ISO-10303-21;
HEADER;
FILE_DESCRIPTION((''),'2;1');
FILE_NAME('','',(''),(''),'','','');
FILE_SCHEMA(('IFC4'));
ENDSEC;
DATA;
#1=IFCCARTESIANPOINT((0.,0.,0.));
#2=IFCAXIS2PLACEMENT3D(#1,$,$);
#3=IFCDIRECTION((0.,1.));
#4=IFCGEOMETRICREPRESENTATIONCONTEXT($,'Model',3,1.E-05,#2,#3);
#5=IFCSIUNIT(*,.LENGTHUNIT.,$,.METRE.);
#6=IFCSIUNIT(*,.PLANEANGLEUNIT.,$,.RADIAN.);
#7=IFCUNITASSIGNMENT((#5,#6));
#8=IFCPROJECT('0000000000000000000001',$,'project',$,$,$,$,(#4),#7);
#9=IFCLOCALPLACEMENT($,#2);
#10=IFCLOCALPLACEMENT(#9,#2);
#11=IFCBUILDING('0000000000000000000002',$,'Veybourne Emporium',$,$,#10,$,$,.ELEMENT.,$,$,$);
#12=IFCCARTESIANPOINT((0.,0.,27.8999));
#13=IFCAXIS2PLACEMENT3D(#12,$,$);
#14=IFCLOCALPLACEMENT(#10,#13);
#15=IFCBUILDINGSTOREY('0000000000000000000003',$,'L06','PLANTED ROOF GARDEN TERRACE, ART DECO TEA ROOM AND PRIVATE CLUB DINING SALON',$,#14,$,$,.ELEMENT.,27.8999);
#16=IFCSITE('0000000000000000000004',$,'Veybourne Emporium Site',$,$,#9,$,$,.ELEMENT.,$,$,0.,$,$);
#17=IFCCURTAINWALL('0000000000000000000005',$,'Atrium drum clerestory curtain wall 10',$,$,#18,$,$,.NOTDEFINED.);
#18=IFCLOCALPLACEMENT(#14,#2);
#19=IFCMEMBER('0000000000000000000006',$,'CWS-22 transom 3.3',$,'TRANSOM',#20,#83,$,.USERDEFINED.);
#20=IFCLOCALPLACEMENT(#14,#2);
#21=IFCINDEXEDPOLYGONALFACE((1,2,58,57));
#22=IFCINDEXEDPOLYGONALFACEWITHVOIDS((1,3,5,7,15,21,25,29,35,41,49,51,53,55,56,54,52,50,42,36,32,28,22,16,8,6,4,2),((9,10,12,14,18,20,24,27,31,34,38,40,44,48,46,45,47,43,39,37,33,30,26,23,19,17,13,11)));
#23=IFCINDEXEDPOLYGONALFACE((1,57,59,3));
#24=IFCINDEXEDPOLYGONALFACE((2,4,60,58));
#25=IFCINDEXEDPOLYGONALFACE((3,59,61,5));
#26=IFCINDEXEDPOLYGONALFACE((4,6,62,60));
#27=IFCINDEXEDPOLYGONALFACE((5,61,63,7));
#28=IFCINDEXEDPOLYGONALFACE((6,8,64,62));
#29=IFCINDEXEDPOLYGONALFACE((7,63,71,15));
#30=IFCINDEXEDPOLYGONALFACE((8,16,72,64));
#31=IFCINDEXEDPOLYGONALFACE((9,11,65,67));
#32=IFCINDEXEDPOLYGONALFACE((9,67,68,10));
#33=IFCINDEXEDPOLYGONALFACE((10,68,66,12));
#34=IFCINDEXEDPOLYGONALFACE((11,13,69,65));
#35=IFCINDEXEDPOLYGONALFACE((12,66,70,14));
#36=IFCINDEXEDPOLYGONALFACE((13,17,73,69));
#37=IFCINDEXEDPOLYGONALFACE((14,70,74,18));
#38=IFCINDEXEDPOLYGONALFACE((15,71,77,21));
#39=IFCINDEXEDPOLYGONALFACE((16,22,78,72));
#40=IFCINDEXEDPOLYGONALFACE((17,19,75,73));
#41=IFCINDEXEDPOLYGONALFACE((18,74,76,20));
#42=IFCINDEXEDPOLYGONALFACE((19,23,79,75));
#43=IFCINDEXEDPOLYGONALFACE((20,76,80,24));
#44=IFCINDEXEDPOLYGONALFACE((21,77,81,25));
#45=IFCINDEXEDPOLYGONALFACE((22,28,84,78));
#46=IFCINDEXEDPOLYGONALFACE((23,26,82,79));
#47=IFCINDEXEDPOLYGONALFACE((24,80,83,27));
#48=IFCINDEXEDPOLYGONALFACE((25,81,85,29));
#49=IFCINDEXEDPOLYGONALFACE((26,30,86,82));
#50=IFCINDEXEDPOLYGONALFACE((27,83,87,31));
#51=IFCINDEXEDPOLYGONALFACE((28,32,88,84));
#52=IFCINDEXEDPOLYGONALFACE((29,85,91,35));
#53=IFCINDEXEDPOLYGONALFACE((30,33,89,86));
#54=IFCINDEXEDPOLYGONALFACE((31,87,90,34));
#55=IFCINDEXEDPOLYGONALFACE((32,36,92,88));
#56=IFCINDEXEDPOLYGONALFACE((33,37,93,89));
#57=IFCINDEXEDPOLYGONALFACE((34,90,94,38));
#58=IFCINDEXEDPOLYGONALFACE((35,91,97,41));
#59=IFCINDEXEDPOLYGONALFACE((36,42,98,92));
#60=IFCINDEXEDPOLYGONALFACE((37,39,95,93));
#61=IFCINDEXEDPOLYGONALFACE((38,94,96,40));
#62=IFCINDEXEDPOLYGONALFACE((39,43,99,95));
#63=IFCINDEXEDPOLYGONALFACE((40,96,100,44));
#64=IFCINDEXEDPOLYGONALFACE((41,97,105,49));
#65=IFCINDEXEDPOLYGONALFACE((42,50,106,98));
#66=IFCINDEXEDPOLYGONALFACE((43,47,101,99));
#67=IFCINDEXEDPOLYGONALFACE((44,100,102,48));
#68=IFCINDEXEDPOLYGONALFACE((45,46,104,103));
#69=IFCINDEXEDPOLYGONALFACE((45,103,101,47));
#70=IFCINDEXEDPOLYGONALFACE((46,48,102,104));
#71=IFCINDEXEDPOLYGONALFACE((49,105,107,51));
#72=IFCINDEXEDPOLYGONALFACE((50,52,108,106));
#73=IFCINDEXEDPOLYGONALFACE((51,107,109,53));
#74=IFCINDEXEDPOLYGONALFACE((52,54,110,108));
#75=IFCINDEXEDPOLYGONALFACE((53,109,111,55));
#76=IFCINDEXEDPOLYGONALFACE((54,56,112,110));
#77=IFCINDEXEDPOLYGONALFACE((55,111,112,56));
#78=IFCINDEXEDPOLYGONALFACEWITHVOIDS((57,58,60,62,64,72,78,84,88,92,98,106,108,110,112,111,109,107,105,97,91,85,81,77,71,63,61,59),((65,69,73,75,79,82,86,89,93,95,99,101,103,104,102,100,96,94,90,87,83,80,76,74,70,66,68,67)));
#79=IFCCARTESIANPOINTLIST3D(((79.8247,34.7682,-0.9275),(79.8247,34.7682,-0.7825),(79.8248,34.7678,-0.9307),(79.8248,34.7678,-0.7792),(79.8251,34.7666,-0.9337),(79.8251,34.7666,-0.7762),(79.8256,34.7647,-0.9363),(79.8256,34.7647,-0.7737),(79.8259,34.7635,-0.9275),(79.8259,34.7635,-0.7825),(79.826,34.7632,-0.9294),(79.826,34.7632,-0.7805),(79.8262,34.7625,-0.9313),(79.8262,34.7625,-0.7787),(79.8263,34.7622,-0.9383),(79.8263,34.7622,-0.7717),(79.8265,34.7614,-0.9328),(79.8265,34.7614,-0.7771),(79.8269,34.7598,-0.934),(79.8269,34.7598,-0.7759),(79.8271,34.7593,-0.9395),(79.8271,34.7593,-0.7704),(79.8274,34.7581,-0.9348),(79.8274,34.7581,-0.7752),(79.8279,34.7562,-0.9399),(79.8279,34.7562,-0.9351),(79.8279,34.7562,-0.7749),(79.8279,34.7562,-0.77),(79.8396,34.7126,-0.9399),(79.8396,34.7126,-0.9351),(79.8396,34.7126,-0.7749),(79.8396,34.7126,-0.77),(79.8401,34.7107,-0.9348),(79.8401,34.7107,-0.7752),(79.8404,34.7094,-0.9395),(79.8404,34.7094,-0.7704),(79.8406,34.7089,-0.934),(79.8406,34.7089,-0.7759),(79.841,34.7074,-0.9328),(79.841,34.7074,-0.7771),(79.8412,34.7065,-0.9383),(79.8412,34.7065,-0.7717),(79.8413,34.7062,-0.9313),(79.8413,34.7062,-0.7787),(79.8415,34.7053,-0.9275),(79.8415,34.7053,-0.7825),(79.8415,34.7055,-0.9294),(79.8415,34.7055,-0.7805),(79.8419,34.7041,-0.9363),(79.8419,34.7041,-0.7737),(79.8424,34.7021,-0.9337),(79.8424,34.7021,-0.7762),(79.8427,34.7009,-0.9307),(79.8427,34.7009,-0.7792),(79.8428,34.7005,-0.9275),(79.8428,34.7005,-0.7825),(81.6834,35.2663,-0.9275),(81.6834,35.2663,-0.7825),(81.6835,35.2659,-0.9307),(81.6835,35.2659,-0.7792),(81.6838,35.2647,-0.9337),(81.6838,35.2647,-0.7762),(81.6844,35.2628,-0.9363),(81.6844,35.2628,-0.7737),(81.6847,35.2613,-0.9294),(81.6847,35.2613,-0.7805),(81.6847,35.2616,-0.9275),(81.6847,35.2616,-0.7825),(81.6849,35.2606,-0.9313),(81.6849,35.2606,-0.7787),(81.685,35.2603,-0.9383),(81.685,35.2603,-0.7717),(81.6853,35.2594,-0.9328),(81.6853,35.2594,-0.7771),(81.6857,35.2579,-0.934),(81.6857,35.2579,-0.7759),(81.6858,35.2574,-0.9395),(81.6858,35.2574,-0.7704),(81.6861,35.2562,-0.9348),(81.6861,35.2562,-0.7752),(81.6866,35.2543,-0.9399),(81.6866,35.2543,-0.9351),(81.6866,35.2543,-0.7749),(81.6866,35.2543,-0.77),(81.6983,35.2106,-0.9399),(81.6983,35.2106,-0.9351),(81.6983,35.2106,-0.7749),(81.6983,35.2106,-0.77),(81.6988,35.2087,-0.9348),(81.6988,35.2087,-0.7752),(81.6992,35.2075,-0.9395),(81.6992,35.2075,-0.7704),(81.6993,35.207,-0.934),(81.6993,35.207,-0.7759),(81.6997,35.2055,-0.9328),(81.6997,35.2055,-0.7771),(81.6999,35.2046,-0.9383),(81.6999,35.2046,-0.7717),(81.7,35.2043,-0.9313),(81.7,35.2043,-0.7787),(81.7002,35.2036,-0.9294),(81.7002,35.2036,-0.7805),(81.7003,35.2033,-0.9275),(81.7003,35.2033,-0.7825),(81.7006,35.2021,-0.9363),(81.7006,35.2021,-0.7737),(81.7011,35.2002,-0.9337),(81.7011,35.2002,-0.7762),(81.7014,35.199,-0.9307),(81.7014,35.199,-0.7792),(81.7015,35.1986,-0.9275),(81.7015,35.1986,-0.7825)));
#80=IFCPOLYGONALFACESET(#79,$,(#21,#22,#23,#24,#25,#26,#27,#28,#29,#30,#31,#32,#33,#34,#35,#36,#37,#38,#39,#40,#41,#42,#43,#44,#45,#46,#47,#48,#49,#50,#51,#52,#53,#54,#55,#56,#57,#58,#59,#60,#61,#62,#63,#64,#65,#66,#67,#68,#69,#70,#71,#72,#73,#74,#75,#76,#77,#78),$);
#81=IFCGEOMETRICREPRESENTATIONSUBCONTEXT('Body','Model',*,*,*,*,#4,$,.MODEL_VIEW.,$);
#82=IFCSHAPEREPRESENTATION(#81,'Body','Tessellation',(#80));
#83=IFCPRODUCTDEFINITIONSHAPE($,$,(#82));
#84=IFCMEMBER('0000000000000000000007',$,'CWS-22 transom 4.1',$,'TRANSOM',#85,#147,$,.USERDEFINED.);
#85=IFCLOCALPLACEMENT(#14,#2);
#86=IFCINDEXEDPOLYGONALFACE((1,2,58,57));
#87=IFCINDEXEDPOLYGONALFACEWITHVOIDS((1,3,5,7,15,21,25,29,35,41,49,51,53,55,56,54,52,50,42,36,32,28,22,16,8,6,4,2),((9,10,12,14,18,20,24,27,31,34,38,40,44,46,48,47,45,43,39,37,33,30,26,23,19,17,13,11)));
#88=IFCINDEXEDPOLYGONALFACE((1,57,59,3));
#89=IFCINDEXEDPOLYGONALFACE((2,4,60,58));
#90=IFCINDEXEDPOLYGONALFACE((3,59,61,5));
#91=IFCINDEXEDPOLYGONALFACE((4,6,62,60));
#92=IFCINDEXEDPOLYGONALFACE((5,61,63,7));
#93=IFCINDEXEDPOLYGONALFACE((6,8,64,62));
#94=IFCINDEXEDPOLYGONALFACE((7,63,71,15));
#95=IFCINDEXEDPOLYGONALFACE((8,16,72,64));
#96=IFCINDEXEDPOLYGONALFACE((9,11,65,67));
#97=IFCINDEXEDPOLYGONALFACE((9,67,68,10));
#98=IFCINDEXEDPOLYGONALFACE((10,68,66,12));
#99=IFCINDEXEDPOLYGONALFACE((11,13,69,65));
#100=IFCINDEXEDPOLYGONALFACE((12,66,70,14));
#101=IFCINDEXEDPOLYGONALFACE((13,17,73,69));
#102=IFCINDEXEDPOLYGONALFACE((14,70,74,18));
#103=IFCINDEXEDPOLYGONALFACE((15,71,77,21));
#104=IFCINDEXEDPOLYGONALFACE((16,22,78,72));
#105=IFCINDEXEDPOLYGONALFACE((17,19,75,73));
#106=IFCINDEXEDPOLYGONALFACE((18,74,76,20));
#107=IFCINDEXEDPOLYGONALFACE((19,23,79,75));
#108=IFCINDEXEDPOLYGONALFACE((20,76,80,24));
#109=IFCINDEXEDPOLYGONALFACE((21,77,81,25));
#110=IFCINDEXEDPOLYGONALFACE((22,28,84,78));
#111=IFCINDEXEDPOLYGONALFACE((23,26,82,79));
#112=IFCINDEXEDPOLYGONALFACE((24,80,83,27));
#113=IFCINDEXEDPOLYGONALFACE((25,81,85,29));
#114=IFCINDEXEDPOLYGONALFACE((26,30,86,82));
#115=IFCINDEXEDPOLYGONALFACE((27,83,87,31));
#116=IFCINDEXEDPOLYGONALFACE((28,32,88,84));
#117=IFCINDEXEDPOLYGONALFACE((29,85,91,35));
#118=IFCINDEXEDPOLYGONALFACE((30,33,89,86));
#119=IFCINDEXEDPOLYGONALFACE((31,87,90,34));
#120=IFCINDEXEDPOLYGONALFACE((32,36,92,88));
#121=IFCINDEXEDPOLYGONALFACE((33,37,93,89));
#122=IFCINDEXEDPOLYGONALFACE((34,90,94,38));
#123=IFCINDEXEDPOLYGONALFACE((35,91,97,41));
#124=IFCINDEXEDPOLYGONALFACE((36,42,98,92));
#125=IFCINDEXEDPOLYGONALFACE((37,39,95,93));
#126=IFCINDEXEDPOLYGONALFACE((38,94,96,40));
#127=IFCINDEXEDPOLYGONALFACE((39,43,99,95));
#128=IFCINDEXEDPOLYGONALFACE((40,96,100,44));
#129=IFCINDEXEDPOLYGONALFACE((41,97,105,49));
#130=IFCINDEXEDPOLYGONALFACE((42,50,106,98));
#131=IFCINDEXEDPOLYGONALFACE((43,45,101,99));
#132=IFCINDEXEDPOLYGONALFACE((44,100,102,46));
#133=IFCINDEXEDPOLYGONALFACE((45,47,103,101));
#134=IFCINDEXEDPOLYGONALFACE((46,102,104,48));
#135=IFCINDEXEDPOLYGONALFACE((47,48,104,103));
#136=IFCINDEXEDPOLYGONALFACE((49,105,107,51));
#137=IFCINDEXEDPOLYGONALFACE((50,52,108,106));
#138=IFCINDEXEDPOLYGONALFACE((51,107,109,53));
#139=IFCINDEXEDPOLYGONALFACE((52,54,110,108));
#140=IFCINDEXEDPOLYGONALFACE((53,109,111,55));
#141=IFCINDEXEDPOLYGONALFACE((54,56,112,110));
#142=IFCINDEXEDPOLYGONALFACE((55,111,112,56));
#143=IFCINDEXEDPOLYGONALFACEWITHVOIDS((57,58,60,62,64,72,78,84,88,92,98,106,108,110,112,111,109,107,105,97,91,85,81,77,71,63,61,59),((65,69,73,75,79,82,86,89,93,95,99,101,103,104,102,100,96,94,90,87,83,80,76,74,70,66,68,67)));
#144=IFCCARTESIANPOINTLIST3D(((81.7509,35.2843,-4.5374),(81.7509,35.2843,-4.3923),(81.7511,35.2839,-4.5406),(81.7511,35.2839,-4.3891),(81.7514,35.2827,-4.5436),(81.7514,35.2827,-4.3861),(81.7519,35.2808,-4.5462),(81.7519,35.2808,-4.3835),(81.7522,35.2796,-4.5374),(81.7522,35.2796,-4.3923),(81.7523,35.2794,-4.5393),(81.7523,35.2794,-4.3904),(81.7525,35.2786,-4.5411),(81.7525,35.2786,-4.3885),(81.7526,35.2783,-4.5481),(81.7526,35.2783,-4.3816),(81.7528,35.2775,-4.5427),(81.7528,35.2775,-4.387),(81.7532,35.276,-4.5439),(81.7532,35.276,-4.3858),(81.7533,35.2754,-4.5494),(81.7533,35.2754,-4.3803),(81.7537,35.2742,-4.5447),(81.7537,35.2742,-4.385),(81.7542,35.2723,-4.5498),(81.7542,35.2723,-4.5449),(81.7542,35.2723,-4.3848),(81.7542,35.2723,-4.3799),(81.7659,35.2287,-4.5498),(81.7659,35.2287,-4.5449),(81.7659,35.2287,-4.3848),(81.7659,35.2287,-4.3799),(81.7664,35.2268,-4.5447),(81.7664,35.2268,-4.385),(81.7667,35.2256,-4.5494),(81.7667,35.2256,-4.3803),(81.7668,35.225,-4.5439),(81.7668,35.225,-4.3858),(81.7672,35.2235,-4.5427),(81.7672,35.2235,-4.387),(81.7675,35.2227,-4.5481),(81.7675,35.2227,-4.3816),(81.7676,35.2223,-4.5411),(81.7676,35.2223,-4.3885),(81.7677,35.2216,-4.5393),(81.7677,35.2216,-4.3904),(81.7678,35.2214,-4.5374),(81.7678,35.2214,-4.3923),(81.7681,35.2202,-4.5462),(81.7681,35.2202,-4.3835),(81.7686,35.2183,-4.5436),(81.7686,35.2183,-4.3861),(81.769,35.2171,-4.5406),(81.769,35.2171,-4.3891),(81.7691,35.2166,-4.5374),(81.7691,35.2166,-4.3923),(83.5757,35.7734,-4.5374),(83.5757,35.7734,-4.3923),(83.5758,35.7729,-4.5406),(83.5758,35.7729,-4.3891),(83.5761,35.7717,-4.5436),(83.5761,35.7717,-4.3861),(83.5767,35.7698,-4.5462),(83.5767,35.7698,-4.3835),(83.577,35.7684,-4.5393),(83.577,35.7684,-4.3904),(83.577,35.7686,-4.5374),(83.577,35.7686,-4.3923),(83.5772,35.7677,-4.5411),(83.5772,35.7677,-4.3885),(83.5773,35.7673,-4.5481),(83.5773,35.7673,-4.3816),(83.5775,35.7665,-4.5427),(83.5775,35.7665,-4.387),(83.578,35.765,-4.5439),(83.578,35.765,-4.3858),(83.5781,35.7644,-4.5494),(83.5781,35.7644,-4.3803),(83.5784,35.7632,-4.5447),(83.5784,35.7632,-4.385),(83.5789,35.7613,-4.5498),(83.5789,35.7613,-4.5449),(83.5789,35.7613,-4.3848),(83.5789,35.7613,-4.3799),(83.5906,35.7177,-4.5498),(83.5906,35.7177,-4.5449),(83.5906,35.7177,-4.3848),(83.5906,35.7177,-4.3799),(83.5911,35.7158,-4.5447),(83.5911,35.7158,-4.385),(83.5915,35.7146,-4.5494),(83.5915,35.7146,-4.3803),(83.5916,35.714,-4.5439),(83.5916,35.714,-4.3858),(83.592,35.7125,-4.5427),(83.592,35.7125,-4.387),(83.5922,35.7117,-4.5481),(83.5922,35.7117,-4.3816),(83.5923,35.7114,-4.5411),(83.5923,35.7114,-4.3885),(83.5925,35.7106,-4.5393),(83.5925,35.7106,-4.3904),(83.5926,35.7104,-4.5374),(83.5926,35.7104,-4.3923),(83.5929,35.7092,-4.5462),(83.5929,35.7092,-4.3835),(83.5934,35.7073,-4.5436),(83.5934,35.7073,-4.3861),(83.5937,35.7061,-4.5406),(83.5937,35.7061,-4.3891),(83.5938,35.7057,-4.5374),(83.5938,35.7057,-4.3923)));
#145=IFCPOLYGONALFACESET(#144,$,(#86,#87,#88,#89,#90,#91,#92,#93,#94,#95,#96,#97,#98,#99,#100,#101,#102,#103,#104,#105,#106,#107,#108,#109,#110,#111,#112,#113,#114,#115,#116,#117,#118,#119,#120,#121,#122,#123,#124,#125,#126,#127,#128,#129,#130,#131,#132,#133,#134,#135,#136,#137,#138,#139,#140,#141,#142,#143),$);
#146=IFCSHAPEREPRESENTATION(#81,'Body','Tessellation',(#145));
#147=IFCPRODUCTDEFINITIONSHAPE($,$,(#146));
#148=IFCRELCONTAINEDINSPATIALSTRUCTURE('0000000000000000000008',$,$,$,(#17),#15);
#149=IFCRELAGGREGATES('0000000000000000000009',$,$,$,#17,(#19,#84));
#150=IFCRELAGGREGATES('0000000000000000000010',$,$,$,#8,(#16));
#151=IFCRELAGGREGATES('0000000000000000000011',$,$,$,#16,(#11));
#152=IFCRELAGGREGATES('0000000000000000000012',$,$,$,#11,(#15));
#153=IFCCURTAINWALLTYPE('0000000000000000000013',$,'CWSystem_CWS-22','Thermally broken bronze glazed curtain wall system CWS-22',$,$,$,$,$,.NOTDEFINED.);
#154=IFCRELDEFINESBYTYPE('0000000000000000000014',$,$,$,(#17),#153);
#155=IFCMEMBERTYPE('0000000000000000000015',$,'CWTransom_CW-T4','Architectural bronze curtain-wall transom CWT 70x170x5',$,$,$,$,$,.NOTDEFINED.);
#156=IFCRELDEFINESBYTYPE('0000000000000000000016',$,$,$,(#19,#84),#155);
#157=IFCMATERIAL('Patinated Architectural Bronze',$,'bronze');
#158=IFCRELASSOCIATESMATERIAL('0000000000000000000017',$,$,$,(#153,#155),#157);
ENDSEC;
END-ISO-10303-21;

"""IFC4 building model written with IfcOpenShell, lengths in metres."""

from ifc_helpers import new_model, si_unit, direction, frame, origin, origin_2d, place, context, subcontext, project, spatial, hollow_rectangle, extrude, material, material_profile, profile_set, type_object, element, aggregate, save


model = new_model("IFC4")

# Units and contexts
model_context = context("Model", 3, precision=1e-05, world=origin(), true_north=direction((0.0, 1.0)))
body_context = subcontext(model_context, "Body", "Model", "MODEL_VIEW")
ifc_project = project(units=[si_unit("LENGTHUNIT", "METRE"), si_unit("PLANEANGLEUNIT", "RADIAN")], contexts=[model_context])

# Site, building, storey
site_placement = place(None, origin())
site = spatial("IfcSite", under=ifc_project, at=site_placement, Name="Veybourne Emporium Site", CompositionType="ELEMENT", RefElevation=0.0)
building_placement = place(site_placement, origin())
building = spatial("IfcBuilding", under=site, at=building_placement, Name="Veybourne Emporium", CompositionType="ELEMENT")
storey_placement = place(building_placement, frame((0.0, 0.0, 27.8999)))
storey = spatial("IfcBuildingStorey", under=building, at=storey_placement, Name="L06", Description="PLANTED ROOF GARDEN TERRACE, ART DECO TEA ROOM AND PRIVATE CLUB DINING SALON", CompositionType="ELEMENT", Elevation=27.8999)

# Shared definitions
ifc_material_1 = material(Name="Patinated Architectural Bronze", Category="bronze")

# Curtain wall
curtain_wall_type_1 = type_object("IfcCurtainWallType", Name="CWSystem_CWS-22", Description="Thermally broken bronze glazed curtain wall system CWS-22", PredefinedType="NOTDEFINED", material=ifc_material_1)
curtain_wall_1_placement = place(storey_placement, origin())
curtain_wall_1 = element("IfcCurtainWall", 1, at=curtain_wall_1_placement, inside=storey, type_object=curtain_wall_type_1, Name="Atrium drum clerestory curtain wall 10", PredefinedType="NOTDEFINED")

# Members
ifc_material_profile_1 = material_profile(ifc_material_1, hollow_rectangle(XDim=0.0701, YDim=0.1699, WallThickness=0.0049, InnerFilletRadius=0.0076, OuterFilletRadius=0.0125, at=origin_2d()), Name="CWT 70x170x5")
ifc_profile_set_1 = profile_set([ifc_material_profile_1], Name="Patinated Architectural Bronze")
member_type_1 = type_object("IfcMemberType", Name="CWTransom_CW-T4", Description="Architectural bronze curtain-wall transom CWT 70x170x5", PredefinedType="NOTDEFINED", material=ifc_profile_set_1)
member_1_placement = place(storey_placement, frame((79.8337, 34.7344, -0.855), z_axis=(0.965923, 0.258831, 0.0), x_axis=(-0.258831, 0.965923, 0.0)))
member_1 = element("IfcMember", 2, at=member_1_placement, type_object=member_type_1, Name="CWS-22 transom 3.3", ObjectType="TRANSOM", PredefinedType="USERDEFINED", context=body_context, shape_type="SweptSolid", body=[
    extrude(hollow_rectangle(XDim=0.0701, YDim=0.1699, WallThickness=0.0049, InnerFilletRadius=0.0076, OuterFilletRadius=0.0125, at=origin_2d()), origin(), (0.0, 0.0, 1.0), 1.9243),
])
member_2_placement = place(storey_placement, frame((81.76, 35.2505, -4.4648), z_axis=(0.965915, 0.258861, 0.0), x_axis=(-0.258861, 0.965915, 0.0)))
member_2 = element("IfcMember", 3, at=member_2_placement, type_object=member_type_1, Name="CWS-22 transom 4.1", ObjectType="TRANSOM", PredefinedType="USERDEFINED", context=body_context, shape_type="SweptSolid", body=[
    extrude(hollow_rectangle(XDim=0.0701, YDim=0.1699, WallThickness=0.0049, InnerFilletRadius=0.0076, OuterFilletRadius=0.0125, at=origin_2d()), origin(), (0.0, 0.0, 1.0), 1.8892),
])

aggregate(curtain_wall_1, [member_1, member_2])

save(model, "model.ifc")
